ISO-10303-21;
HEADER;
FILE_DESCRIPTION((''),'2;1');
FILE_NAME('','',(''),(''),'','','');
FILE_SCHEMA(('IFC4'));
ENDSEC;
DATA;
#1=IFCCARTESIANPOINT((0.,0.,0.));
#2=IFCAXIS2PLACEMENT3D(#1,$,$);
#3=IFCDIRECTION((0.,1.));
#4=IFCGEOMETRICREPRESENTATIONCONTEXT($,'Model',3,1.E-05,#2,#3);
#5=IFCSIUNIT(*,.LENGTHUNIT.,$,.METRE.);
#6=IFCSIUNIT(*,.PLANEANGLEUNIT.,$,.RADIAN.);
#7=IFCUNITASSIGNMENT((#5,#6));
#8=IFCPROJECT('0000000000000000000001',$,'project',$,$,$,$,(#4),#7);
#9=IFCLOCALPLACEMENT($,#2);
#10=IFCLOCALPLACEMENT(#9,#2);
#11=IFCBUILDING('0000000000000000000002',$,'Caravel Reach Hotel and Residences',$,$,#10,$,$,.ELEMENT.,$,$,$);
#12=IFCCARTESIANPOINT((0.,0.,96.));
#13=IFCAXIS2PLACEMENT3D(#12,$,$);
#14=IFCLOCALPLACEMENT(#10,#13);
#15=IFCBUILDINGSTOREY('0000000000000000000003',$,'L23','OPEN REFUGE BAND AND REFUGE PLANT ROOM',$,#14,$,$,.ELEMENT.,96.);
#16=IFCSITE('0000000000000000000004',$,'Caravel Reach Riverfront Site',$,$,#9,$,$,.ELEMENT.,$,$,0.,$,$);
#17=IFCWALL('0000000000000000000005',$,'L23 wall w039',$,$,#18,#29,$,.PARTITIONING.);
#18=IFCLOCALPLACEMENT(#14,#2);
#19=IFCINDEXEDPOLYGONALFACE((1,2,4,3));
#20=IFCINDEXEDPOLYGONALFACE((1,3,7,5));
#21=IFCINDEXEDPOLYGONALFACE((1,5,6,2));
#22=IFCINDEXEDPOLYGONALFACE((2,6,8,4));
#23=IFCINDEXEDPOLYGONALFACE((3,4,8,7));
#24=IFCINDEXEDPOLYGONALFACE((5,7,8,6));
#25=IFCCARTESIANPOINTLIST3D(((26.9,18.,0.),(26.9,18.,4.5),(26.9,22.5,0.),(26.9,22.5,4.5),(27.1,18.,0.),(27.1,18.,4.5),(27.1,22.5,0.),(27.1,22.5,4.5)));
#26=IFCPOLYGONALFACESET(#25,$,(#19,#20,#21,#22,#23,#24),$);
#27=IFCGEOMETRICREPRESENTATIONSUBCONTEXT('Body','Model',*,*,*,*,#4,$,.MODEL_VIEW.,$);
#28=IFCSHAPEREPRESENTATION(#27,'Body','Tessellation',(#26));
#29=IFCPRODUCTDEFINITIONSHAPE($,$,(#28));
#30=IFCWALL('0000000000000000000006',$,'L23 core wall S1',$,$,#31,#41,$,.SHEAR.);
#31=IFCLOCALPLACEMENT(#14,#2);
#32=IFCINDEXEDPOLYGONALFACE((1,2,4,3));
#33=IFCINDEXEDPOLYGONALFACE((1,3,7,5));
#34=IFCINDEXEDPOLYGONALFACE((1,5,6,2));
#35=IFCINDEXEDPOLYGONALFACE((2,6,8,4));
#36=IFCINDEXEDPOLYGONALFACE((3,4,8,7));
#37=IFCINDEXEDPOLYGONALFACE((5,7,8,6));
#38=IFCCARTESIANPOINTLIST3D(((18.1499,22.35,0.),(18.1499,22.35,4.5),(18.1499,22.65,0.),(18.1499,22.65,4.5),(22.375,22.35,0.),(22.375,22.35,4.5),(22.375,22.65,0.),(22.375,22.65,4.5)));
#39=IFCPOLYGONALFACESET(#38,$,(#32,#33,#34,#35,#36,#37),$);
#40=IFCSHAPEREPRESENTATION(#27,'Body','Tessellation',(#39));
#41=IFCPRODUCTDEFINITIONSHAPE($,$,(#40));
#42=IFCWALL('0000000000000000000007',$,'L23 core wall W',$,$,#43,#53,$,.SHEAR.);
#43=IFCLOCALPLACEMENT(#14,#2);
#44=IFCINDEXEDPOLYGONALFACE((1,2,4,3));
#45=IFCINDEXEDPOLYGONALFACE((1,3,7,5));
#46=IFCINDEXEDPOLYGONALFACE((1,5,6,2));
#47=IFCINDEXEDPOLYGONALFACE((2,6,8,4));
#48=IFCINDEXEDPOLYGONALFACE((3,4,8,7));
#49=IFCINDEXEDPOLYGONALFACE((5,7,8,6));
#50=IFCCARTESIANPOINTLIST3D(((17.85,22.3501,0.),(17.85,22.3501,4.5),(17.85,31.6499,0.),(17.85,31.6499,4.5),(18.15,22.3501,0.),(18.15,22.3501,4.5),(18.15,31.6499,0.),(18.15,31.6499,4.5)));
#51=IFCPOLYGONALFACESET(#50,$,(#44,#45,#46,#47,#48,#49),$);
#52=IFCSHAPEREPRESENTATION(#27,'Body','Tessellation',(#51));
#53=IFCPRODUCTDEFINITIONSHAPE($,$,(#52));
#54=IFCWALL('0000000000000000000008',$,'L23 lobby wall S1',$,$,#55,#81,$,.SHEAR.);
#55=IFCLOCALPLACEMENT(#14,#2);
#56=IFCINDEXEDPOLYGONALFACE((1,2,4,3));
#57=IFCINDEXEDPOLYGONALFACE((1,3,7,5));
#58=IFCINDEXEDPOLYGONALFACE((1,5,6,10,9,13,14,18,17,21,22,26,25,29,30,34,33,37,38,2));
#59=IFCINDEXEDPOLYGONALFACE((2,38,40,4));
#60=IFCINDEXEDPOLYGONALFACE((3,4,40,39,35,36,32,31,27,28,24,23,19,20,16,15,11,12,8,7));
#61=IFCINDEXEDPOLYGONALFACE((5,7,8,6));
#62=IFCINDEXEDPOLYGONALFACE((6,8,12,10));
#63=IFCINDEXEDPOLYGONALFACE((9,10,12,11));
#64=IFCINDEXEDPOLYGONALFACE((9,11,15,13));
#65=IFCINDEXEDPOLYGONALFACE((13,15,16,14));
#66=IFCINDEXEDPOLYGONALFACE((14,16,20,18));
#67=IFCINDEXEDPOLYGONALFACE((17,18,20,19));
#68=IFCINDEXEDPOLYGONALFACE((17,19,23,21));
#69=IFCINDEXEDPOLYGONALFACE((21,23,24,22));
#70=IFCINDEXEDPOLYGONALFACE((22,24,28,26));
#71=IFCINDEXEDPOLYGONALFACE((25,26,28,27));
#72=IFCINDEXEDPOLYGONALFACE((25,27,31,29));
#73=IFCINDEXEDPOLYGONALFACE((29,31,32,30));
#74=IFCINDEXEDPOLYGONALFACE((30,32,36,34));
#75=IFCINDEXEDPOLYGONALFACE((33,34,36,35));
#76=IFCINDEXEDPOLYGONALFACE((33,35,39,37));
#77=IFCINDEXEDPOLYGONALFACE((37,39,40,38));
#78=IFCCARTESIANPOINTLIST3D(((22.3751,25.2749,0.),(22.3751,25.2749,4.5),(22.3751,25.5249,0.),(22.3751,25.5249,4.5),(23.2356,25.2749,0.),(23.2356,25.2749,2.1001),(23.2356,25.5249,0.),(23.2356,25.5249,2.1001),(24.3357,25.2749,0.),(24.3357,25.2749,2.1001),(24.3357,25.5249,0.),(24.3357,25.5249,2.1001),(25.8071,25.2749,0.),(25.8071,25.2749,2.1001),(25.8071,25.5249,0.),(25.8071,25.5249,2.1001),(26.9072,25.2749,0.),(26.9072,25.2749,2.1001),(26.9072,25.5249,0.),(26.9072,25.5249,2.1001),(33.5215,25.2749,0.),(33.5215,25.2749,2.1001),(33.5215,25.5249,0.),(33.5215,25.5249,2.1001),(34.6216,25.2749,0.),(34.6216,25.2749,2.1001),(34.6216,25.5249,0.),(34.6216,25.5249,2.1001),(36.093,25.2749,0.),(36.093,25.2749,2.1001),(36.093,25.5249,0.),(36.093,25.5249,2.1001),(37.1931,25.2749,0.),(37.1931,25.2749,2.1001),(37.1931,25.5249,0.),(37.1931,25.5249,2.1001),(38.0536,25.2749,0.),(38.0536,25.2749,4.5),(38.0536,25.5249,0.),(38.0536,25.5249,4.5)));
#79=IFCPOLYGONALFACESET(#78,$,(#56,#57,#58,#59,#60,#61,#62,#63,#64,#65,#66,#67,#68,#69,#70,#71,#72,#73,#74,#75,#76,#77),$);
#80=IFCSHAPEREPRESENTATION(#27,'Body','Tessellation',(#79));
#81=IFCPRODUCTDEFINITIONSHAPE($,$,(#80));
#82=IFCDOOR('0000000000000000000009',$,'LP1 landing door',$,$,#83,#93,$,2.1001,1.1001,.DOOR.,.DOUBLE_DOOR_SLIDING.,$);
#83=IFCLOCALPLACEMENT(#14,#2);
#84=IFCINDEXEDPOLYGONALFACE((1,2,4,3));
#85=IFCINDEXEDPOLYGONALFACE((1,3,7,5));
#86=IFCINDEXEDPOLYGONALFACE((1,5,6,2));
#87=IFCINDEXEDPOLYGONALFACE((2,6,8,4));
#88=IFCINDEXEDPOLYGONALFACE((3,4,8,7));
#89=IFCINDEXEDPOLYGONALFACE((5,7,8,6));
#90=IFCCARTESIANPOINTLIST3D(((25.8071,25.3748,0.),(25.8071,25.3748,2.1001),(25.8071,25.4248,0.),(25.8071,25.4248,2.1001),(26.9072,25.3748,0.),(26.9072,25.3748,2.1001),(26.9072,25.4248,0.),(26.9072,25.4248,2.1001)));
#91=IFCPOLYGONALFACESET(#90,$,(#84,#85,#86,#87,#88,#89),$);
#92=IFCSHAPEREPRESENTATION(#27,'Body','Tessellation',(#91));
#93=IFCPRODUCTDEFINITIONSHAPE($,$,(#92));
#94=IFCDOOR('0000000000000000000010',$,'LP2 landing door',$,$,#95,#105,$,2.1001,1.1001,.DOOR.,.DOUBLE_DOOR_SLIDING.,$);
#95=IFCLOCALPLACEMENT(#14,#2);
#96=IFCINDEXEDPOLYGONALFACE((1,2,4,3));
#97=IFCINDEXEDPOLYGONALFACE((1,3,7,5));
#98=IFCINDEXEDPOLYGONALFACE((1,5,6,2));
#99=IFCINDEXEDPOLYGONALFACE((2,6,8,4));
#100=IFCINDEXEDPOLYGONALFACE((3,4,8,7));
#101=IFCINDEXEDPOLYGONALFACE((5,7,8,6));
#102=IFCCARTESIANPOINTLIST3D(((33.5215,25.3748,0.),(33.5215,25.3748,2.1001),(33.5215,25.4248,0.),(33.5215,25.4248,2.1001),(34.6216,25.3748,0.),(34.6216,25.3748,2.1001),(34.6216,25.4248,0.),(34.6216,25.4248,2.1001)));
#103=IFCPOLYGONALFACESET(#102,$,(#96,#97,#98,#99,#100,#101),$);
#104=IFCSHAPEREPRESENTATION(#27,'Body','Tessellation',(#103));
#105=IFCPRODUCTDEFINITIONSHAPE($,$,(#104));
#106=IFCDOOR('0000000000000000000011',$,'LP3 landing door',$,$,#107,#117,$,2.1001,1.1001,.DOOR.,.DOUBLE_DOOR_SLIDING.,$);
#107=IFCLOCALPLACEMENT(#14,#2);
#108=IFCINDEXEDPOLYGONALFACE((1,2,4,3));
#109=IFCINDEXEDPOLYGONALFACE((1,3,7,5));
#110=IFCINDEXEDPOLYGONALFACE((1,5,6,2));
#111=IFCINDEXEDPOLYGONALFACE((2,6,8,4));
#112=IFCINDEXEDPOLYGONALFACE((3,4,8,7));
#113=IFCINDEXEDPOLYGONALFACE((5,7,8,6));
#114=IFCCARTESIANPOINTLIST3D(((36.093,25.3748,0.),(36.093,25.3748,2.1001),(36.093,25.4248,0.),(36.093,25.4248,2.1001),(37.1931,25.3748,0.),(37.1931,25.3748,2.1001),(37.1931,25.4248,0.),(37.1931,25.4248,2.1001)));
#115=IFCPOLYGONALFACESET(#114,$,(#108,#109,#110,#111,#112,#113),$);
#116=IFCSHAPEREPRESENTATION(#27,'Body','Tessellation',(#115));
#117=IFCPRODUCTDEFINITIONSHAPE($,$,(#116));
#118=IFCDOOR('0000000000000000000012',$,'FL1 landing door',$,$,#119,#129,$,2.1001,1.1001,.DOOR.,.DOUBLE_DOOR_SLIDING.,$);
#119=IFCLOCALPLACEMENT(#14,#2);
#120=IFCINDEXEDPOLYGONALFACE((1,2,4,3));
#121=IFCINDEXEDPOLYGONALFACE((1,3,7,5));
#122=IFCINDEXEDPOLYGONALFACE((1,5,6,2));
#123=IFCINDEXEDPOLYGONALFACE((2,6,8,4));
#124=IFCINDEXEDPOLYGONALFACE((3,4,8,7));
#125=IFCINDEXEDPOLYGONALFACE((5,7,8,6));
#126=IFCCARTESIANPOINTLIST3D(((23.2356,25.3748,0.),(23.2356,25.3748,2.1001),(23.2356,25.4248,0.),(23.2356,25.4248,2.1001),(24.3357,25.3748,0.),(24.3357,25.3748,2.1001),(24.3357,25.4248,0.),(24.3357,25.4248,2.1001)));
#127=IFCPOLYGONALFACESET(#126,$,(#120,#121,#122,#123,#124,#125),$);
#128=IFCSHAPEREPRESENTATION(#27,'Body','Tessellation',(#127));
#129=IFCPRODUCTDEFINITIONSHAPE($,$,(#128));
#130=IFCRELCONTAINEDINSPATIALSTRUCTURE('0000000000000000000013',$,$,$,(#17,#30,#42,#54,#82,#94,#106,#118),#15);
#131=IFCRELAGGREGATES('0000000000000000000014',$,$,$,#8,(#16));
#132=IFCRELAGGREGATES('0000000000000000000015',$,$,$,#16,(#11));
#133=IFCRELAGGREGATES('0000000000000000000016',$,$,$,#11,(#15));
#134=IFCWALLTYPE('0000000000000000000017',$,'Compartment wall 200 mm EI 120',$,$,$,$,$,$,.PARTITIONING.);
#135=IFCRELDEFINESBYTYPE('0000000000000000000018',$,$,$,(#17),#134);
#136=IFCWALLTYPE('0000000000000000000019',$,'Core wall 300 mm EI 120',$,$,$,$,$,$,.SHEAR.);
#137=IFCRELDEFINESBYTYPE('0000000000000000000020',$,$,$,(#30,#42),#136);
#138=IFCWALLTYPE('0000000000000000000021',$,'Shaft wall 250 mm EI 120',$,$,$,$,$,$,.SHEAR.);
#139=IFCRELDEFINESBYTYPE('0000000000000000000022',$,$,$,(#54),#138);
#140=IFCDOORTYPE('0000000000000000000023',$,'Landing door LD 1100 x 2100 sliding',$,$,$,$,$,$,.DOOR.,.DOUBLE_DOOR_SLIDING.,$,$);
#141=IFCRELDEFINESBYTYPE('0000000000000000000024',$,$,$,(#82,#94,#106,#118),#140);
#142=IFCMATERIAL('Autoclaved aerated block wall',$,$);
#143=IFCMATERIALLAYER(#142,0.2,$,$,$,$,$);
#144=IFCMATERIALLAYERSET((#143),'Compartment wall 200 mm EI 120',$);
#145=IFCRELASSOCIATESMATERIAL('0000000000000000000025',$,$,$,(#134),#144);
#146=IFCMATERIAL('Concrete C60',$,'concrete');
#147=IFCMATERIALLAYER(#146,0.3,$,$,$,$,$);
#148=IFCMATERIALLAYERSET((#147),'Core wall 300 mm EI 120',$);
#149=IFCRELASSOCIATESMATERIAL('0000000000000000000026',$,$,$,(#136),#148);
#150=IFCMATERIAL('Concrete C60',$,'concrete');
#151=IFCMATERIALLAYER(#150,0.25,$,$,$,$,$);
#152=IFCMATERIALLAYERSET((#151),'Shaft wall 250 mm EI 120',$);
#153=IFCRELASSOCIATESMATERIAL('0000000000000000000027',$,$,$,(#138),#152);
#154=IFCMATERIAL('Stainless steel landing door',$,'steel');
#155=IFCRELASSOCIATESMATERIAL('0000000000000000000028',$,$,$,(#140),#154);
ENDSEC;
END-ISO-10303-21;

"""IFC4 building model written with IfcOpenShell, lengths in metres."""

from ifc_helpers import new_model, si_unit, direction, frame, frame_2d, origin, place, context, subcontext, project, spatial, rectangle, extrude, material, layer, layer_set, type_object, element, fill, save


model = new_model("IFC4")

# Units and contexts
model_context = context("Model", 3, precision=1e-05, world=origin(), true_north=direction((0.0, 1.0)))
body_context = subcontext(model_context, "Body", "Model", "MODEL_VIEW")
ifc_project = project(units=[si_unit("LENGTHUNIT", "METRE"), si_unit("PLANEANGLEUNIT", "RADIAN")], contexts=[model_context])

# Site, building, storey
site_placement = place(None, origin())
site = spatial("IfcSite", under=ifc_project, at=site_placement, Name="Caravel Reach Riverfront Site", CompositionType="ELEMENT", RefElevation=0.0)
building_placement = place(site_placement, origin())
building = spatial("IfcBuilding", under=site, at=building_placement, Name="Caravel Reach Hotel and Residences", CompositionType="ELEMENT")
storey_placement = place(building_placement, frame((0.0, 0.0, 96.0)))
storey = spatial("IfcBuildingStorey", under=building, at=storey_placement, Name="L23", Description="OPEN REFUGE BAND AND REFUGE PLANT ROOM", CompositionType="ELEMENT", Elevation=96.0)

# Shared definitions
ifc_material_1 = material(Name="Autoclaved aerated block wall")
ifc_layer_1 = layer(ifc_material_1, 0.2)
ifc_layer_set_1 = layer_set([ifc_layer_1], Name="Compartment wall 200 mm EI 120")
wall_type_1 = type_object("IfcWallType", Name="Compartment wall 200 mm EI 120", PredefinedType="PARTITIONING", material=ifc_layer_set_1)

# Walls
wall_1_placement = place(storey_placement, frame((27.0, 18.0, 0.0), z_axis=(0.0, 0.0, 1.0), x_axis=(0.0, 1.0, 0.0)))
element("IfcWall", 1, at=wall_1_placement, inside=storey, type_object=wall_type_1, Name="L23 wall w039", PredefinedType="PARTITIONING", context=body_context, shape_type="SweptSolid", body=[
    extrude(rectangle(XDim=4.5, YDim=0.2, at=frame_2d((2.25, 0.0))), origin(), (0.0, 0.0, 1.0), 4.5),
])
ifc_material_2 = material(Name="Concrete C60", Category="concrete")
ifc_layer_2 = layer(ifc_material_2, 0.3)
ifc_layer_set_2 = layer_set([ifc_layer_2], Name="Core wall 300 mm EI 120")
wall_type_2 = type_object("IfcWallType", Name="Core wall 300 mm EI 120", PredefinedType="SHEAR", material=ifc_layer_set_2)
wall_2_placement = place(storey_placement, frame((18.1499, 22.5, 0.0), z_axis=(0.0, 0.0, 1.0), x_axis=(1.0, 0.0, 0.0)))
element("IfcWall", 2, at=wall_2_placement, inside=storey, type_object=wall_type_2, Name="L23 core wall S1", PredefinedType="SHEAR", context=body_context, shape_type="SweptSolid", body=[
    extrude(rectangle(XDim=4.2251, YDim=0.3, at=frame_2d((2.1125, 0.0))), origin(), (0.0, 0.0, 1.0), 4.5),
])
wall_3_placement = place(storey_placement, frame((18.0, 22.3501, 0.0), z_axis=(0.0, 0.0, 1.0), x_axis=(0.0, 1.0, 0.0)))
element("IfcWall", 3, at=wall_3_placement, inside=storey, type_object=wall_type_2, Name="L23 core wall W", PredefinedType="SHEAR", context=body_context, shape_type="SweptSolid", body=[
    extrude(rectangle(XDim=9.2998, YDim=0.3, at=frame_2d((4.6499, 0.0))), origin(), (0.0, 0.0, 1.0), 4.5),
])

# Wall, openings, doors
ifc_material_3 = material(Name="Concrete C60", Category="concrete")
ifc_layer_3 = layer(ifc_material_3, 0.25)
ifc_layer_set_3 = layer_set([ifc_layer_3], Name="Shaft wall 250 mm EI 120")
wall_type_3 = type_object("IfcWallType", Name="Shaft wall 250 mm EI 120", PredefinedType="SHEAR", material=ifc_layer_set_3)
wall_4_placement = place(storey_placement, frame((22.375, 25.3999, 0.0), z_axis=(0.0, 0.0, 1.0), x_axis=(1.0, 0.0, 0.0)))
wall_4 = element("IfcWall", 4, at=wall_4_placement, inside=storey, type_object=wall_type_3, Name="L23 lobby wall S1", PredefinedType="SHEAR", context=body_context, shape_type="SweptSolid", body=[
    extrude(rectangle(XDim=15.6785, YDim=0.25, at=frame_2d((7.8394, 0.0))), origin(), (0.0, 0.0, 1.0), 4.5),
])
opening_1_placement = place(wall_4_placement, frame((3.4321, 0.0, 0.0)))
opening_1 = element("IfcOpeningElement", 5, at=opening_1_placement, cuts=wall_4, PredefinedType="OPENING", context=body_context, shape_type="SweptSolid", body=[
    extrude(rectangle(XDim=1.1001, YDim=2.1001, at=frame_2d((0.55, 1.05))), frame((0.0, 0.135, 0.0), z_axis=(0.0, -1.0, 0.0), x_axis=(1.0, 0.0, 0.0)), (0.0, 0.0, 1.0), 0.27),
])
opening_2_placement = place(wall_4_placement, frame((11.1465, 0.0, 0.0)))
opening_2 = element("IfcOpeningElement", 6, at=opening_2_placement, cuts=wall_4, PredefinedType="OPENING", context=body_context, shape_type="SweptSolid", body=[
    extrude(rectangle(XDim=1.1001, YDim=2.1001, at=frame_2d((0.55, 1.05))), frame((0.0, 0.135, 0.0), z_axis=(0.0, -1.0, 0.0), x_axis=(1.0, 0.0, 0.0)), (0.0, 0.0, 1.0), 0.27),
])
opening_3_placement = place(wall_4_placement, frame((13.718, 0.0, 0.0)))
opening_3 = element("IfcOpeningElement", 7, at=opening_3_placement, cuts=wall_4, PredefinedType="OPENING", context=body_context, shape_type="SweptSolid", body=[
    extrude(rectangle(XDim=1.1001, YDim=2.1001, at=frame_2d((0.55, 1.05))), frame((0.0, 0.135, 0.0), z_axis=(0.0, -1.0, 0.0), x_axis=(1.0, 0.0, 0.0)), (0.0, 0.0, 1.0), 0.27),
])
opening_4_placement = place(wall_4_placement, frame((0.8606, 0.0, 0.0)))
opening_4 = element("IfcOpeningElement", 8, at=opening_4_placement, cuts=wall_4, PredefinedType="OPENING", context=body_context, shape_type="SweptSolid", body=[
    extrude(rectangle(XDim=1.1001, YDim=2.1001, at=frame_2d((0.55, 1.05))), frame((0.0, 0.135, 0.0), z_axis=(0.0, -1.0, 0.0), x_axis=(1.0, 0.0, 0.0)), (0.0, 0.0, 1.0), 0.27),
])
ifc_material_4 = material(Name="Stainless steel landing door", Category="steel")
door_type_1 = type_object("IfcDoorType", Name="Landing door LD 1100 x 2100 sliding", OperationType="DOUBLE_DOOR_SLIDING", PredefinedType="DOOR", material=ifc_material_4)
door_1_placement = place(opening_1_placement, origin())
door_1 = element("IfcDoor", 9, at=door_1_placement, inside=storey, type_object=door_type_1, Name="LP1 landing door", OperationType="DOUBLE_DOOR_SLIDING", OverallHeight=2.1001, OverallWidth=1.1001, PredefinedType="DOOR", context=body_context, shape_type="SweptSolid", body=[
    extrude(rectangle(XDim=1.1001, YDim=2.1001, at=frame_2d((0.55, 1.05))), frame((0.0, 0.0249, 0.0), z_axis=(0.0, -1.0, 0.0), x_axis=(1.0, 0.0, 0.0)), (0.0, 0.0, 1.0), 0.05),
])
fill(opening_1, door_1)
door_2_placement = place(opening_2_placement, origin())
door_2 = element("IfcDoor", 10, at=door_2_placement, inside=storey, type_object=door_type_1, Name="LP2 landing door", OperationType="DOUBLE_DOOR_SLIDING", OverallHeight=2.1001, OverallWidth=1.1001, PredefinedType="DOOR", context=body_context, shape_type="SweptSolid", body=[
    extrude(rectangle(XDim=1.1001, YDim=2.1001, at=frame_2d((0.55, 1.05))), frame((0.0, 0.0249, 0.0), z_axis=(0.0, -1.0, 0.0), x_axis=(1.0, 0.0, 0.0)), (0.0, 0.0, 1.0), 0.05),
])
fill(opening_2, door_2)
door_3_placement = place(opening_3_placement, origin())
door_3 = element("IfcDoor", 11, at=door_3_placement, inside=storey, type_object=door_type_1, Name="LP3 landing door", OperationType="DOUBLE_DOOR_SLIDING", OverallHeight=2.1001, OverallWidth=1.1001, PredefinedType="DOOR", context=body_context, shape_type="SweptSolid", body=[
    extrude(rectangle(XDim=1.1001, YDim=2.1001, at=frame_2d((0.55, 1.05))), frame((0.0, 0.0249, 0.0), z_axis=(0.0, -1.0, 0.0), x_axis=(1.0, 0.0, 0.0)), (0.0, 0.0, 1.0), 0.05),
])
fill(opening_3, door_3)
door_4_placement = place(opening_4_placement, origin())
door_4 = element("IfcDoor", 12, at=door_4_placement, inside=storey, type_object=door_type_1, Name="FL1 landing door", OperationType="DOUBLE_DOOR_SLIDING", OverallHeight=2.1001, OverallWidth=1.1001, PredefinedType="DOOR", context=body_context, shape_type="SweptSolid", body=[
    extrude(rectangle(XDim=1.1001, YDim=2.1001, at=frame_2d((0.55, 1.05))), frame((0.0, 0.0249, 0.0), z_axis=(0.0, -1.0, 0.0), x_axis=(1.0, 0.0, 0.0)), (0.0, 0.0, 1.0), 0.05),
])
fill(opening_4, door_4)

save(model, "model.ifc")
